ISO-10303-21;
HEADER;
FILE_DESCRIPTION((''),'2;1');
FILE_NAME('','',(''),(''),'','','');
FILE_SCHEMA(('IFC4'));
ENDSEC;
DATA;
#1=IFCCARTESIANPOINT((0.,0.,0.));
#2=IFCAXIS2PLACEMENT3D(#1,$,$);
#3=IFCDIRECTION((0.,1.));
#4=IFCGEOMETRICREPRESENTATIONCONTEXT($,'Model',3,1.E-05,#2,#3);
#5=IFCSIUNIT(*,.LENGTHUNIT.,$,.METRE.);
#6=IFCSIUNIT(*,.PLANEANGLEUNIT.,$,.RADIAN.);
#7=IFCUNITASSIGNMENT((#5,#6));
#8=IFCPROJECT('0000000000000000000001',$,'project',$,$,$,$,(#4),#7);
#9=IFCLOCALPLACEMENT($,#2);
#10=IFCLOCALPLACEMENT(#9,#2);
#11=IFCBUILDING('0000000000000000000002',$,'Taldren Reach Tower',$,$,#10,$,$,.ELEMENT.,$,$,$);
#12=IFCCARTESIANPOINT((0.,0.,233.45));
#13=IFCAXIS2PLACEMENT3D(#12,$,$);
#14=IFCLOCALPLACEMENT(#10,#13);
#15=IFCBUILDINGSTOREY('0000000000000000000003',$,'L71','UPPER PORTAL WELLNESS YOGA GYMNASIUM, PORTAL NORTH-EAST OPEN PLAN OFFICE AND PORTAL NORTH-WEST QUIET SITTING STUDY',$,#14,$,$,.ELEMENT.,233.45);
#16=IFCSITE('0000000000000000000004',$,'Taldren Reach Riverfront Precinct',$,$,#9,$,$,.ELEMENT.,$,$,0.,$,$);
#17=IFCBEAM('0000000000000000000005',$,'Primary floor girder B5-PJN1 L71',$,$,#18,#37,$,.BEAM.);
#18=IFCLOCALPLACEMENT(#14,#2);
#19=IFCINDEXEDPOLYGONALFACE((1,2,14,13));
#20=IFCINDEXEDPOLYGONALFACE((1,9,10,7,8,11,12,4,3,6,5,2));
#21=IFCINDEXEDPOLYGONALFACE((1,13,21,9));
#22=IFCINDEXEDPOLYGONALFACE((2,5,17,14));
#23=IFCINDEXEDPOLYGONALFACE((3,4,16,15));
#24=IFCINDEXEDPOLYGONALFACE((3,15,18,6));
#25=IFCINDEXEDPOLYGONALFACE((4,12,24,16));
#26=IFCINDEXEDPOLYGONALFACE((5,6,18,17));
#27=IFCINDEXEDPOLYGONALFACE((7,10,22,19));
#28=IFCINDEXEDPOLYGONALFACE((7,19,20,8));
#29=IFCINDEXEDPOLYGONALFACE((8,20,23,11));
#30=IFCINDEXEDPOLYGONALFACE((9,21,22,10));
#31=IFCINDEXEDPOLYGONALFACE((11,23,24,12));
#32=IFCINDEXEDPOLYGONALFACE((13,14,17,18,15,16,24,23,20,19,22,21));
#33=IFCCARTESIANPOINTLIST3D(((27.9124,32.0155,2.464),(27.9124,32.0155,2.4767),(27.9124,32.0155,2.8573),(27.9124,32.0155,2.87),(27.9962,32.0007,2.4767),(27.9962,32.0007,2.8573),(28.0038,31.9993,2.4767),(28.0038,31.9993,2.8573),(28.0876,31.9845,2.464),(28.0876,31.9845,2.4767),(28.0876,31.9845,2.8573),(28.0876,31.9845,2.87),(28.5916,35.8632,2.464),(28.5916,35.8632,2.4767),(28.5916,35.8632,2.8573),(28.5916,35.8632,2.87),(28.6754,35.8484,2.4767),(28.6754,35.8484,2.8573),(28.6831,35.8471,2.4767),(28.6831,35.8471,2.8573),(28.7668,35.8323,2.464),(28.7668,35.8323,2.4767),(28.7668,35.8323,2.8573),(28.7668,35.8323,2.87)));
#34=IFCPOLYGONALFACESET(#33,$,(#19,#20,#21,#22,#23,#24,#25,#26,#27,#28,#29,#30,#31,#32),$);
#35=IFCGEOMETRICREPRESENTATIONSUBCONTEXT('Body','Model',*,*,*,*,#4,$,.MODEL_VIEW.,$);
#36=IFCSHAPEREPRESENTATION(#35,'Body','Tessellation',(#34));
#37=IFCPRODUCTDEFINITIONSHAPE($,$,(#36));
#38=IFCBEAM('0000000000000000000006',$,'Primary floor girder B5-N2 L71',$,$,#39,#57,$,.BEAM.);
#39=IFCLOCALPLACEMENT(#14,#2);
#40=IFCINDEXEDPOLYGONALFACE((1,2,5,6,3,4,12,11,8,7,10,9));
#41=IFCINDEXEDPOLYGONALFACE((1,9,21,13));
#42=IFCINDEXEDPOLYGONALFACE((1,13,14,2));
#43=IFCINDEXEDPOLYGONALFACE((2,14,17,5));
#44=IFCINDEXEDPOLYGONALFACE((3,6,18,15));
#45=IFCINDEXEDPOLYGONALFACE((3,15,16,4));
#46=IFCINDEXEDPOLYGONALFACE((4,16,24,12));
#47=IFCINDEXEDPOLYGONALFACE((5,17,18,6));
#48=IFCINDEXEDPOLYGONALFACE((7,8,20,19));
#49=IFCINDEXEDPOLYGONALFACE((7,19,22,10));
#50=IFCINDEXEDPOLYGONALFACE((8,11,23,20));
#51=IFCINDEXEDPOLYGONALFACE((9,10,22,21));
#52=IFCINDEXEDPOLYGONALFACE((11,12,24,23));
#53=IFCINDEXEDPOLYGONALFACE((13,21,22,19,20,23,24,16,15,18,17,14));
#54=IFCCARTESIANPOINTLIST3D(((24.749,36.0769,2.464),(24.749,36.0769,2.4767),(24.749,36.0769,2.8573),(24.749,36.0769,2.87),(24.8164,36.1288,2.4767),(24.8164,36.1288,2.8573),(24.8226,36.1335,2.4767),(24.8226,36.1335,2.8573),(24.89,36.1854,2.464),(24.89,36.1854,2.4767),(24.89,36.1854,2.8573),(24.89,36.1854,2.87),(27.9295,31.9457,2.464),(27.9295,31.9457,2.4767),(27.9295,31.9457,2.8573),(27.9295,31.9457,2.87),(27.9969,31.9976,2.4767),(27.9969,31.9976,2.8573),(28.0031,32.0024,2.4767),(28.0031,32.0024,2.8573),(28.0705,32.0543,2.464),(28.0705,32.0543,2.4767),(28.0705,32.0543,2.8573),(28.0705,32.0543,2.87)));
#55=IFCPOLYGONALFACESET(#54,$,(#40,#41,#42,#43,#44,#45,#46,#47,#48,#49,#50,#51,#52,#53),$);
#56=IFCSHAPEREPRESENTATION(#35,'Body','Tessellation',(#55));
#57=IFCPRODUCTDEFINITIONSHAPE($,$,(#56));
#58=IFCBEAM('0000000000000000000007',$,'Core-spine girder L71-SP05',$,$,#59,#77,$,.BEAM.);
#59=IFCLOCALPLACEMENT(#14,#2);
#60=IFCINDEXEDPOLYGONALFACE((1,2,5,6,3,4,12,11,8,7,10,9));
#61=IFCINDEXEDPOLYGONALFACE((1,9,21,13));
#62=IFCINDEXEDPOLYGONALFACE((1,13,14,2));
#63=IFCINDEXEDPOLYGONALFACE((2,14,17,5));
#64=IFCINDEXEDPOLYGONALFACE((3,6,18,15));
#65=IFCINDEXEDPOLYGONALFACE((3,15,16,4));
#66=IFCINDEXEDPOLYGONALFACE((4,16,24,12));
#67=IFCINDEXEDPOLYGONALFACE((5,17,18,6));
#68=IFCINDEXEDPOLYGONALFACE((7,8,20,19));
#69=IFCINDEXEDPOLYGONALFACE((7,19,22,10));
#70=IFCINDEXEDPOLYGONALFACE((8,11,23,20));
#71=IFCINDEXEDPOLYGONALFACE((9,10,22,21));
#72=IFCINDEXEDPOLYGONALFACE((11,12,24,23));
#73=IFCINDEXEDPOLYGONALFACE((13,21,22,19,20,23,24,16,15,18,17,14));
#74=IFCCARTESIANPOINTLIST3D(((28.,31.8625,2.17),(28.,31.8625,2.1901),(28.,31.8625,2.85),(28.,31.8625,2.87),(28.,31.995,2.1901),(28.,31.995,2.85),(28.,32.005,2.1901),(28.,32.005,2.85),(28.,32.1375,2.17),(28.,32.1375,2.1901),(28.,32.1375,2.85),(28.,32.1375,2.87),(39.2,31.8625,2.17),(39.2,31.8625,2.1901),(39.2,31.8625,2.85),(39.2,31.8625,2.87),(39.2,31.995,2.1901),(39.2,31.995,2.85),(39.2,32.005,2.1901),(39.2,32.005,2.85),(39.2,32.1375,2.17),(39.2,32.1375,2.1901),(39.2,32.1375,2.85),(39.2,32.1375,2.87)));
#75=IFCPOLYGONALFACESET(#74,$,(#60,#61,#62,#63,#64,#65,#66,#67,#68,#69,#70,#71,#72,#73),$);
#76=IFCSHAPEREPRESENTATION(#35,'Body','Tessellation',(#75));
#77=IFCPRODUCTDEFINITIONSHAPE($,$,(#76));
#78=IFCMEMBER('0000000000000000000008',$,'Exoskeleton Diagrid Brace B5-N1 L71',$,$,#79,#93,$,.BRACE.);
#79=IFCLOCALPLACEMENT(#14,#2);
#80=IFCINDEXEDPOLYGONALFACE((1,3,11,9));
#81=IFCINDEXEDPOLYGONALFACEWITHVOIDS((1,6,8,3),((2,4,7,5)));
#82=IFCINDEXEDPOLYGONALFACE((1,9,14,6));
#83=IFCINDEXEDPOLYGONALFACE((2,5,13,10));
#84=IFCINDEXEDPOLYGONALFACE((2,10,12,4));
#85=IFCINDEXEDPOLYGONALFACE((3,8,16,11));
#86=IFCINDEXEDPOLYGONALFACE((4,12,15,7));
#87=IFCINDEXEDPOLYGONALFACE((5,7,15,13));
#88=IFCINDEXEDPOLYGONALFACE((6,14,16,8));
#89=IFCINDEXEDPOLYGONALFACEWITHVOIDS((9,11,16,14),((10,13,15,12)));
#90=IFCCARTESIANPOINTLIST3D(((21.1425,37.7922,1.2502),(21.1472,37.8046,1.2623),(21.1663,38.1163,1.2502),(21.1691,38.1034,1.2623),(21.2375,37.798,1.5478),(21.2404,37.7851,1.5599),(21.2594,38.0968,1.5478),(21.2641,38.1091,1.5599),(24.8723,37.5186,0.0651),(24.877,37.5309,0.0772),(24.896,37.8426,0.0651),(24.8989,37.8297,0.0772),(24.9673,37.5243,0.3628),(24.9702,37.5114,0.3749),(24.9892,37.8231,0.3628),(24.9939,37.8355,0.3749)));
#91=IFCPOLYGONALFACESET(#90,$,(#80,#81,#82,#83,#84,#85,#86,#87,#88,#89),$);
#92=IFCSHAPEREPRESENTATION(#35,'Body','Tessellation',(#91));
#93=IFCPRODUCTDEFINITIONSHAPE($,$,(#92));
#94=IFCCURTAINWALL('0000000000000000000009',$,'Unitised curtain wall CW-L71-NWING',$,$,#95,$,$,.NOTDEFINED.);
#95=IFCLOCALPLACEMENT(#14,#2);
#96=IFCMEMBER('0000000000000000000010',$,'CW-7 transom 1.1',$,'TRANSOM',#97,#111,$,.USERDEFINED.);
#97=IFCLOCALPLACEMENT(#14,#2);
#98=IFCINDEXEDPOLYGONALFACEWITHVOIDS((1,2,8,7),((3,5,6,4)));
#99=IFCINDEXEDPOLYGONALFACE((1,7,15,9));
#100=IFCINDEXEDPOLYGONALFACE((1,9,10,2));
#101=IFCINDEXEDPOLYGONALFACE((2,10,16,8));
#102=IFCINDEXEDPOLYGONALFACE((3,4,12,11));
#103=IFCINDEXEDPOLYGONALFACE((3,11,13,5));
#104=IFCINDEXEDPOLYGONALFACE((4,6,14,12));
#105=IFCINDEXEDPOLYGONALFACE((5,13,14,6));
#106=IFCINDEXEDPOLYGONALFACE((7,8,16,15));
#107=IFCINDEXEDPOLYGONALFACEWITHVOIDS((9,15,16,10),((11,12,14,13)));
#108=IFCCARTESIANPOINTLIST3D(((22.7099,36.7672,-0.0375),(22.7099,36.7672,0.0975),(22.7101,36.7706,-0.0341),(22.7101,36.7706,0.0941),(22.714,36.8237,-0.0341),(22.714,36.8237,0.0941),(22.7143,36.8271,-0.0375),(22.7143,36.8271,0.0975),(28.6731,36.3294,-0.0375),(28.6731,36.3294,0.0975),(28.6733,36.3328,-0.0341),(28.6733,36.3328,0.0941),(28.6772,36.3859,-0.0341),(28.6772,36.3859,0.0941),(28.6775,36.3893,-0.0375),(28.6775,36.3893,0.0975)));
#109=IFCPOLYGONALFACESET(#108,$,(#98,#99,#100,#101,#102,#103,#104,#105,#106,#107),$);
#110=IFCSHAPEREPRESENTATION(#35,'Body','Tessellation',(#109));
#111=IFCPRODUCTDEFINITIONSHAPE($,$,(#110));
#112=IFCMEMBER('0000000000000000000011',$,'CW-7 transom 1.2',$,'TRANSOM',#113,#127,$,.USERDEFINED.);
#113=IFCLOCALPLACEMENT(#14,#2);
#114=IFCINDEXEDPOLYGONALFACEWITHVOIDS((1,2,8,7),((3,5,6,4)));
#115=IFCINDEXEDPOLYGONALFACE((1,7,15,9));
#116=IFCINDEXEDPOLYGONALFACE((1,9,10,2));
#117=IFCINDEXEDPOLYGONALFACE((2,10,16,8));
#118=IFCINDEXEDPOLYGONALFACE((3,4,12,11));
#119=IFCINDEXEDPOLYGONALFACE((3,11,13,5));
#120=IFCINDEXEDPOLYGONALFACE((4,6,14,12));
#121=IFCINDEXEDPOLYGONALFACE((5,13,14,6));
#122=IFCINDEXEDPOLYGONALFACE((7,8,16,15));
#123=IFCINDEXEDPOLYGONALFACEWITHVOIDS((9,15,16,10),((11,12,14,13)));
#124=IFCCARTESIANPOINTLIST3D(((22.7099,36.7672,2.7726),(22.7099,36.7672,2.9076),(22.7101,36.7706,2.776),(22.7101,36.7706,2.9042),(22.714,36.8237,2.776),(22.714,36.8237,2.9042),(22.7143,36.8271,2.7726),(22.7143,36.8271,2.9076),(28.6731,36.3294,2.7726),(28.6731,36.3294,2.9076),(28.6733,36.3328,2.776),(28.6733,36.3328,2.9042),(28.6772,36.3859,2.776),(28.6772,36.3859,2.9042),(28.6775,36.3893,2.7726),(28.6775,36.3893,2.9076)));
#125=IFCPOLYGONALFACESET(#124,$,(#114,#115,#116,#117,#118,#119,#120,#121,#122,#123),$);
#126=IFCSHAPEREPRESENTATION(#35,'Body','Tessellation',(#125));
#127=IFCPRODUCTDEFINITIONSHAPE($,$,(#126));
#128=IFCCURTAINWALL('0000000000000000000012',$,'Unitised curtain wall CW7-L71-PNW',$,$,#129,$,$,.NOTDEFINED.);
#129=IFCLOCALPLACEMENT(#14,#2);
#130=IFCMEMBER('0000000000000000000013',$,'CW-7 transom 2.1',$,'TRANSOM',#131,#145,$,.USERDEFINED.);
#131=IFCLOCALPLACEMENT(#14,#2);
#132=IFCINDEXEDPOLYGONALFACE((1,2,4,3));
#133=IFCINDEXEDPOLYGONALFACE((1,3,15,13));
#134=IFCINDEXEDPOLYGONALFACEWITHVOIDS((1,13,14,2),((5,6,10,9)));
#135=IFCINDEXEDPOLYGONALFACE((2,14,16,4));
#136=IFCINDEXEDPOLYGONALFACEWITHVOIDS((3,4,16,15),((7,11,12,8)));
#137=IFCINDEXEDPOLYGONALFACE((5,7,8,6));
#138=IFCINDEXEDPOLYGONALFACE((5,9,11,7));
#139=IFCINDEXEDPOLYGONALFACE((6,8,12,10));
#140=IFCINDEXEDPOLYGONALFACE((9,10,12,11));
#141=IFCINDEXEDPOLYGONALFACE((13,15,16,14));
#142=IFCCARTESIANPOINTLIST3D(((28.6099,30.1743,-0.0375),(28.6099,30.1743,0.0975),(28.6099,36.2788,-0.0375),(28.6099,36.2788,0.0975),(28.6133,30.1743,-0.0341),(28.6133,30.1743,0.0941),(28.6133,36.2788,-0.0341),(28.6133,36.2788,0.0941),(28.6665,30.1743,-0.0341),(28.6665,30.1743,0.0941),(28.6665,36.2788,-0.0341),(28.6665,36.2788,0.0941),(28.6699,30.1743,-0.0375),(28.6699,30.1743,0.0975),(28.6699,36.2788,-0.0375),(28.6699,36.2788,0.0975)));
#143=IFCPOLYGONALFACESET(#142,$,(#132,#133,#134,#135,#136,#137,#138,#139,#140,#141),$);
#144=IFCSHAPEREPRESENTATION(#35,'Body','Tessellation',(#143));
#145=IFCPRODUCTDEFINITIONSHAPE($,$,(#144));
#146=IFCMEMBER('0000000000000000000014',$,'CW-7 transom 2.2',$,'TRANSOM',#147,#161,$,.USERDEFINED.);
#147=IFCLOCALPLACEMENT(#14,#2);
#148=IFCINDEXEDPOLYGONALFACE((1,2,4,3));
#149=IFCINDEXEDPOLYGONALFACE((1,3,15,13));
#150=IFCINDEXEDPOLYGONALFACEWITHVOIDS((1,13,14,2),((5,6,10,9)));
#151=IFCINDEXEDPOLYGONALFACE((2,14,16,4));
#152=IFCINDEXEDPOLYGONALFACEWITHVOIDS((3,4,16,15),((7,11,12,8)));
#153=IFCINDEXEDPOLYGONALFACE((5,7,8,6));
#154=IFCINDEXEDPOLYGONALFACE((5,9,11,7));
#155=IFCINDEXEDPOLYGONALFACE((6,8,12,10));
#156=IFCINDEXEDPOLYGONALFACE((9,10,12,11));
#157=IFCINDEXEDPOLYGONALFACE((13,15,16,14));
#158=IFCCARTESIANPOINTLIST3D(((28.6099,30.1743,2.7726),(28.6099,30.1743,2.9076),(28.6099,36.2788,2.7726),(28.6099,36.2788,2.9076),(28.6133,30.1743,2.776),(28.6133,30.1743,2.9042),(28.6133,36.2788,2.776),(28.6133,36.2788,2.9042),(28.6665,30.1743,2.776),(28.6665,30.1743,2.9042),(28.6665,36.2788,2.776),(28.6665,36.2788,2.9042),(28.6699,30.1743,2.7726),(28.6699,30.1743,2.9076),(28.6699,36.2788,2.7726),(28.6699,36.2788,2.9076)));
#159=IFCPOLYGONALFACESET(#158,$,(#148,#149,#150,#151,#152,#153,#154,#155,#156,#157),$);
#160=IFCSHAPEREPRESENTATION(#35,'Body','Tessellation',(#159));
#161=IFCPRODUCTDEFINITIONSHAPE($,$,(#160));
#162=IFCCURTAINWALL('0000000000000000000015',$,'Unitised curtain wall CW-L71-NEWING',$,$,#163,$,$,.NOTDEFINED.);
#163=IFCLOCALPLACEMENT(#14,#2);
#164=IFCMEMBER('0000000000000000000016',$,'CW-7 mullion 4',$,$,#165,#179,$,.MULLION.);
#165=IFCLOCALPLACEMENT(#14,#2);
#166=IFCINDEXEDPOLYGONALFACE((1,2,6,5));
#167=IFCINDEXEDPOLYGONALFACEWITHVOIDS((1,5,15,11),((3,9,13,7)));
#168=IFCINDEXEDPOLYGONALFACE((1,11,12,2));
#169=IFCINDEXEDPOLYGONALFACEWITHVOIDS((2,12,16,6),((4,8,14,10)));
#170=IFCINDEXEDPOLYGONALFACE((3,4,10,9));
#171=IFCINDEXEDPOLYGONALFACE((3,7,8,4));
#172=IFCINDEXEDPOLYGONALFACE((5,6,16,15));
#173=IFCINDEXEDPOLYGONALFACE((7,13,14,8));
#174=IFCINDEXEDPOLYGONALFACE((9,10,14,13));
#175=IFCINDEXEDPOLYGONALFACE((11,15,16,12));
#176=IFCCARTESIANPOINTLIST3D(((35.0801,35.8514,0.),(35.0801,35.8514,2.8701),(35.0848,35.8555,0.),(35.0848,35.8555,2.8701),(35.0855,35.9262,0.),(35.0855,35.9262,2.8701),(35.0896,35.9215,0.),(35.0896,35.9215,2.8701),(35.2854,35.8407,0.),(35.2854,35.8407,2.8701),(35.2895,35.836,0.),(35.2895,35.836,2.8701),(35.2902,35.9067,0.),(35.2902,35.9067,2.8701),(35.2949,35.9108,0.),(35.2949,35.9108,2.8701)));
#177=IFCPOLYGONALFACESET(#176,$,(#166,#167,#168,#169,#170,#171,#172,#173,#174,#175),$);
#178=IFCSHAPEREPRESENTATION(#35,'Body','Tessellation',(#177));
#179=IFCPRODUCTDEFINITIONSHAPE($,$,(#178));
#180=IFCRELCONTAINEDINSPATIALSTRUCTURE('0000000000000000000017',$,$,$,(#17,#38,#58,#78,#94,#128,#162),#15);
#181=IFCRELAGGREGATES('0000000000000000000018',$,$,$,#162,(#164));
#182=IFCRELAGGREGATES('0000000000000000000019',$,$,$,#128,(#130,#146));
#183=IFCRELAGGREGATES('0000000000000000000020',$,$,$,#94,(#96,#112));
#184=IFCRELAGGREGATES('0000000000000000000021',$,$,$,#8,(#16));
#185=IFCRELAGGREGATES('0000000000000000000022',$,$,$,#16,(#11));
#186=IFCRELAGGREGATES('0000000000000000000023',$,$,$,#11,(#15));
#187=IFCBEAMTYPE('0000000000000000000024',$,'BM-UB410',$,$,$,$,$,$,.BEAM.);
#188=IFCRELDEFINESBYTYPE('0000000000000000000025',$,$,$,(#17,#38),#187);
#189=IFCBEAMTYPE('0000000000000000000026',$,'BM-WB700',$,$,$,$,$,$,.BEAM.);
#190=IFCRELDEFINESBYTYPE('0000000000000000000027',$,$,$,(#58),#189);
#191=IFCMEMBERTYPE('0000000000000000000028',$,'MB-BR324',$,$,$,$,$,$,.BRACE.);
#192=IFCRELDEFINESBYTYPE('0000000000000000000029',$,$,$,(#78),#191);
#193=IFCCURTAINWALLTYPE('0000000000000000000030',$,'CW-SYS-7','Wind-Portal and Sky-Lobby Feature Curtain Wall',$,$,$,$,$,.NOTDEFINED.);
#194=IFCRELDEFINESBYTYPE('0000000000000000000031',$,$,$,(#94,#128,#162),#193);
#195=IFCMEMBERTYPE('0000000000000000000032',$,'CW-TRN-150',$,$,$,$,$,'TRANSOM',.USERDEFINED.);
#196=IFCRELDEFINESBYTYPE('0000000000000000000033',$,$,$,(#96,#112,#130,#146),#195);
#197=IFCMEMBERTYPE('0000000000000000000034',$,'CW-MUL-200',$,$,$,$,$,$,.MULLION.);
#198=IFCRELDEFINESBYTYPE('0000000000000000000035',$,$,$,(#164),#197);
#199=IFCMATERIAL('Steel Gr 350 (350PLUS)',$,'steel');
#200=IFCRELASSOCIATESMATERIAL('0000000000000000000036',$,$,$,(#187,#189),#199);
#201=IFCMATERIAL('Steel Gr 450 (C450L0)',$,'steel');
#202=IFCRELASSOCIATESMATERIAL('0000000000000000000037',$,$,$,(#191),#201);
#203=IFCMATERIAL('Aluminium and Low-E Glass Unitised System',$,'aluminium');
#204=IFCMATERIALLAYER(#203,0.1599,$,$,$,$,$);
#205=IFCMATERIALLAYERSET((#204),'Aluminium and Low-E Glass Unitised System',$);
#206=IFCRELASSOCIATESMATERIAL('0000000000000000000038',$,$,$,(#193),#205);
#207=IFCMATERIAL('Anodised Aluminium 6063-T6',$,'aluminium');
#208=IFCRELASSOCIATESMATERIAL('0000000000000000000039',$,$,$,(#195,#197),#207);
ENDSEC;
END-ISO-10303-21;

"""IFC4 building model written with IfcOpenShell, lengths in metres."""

from ifc_helpers import new_model, si_unit, direction, frame, origin, origin_2d, place, context, subcontext, project, spatial, hollow_rectangle, i_section, extrude, source, transform, mapped, material, layer, layer_set, material_profile, profile_set, type_object, element, aggregate, save


model = new_model("IFC4")

# Units and contexts
model_context = context("Model", 3, precision=1e-05, world=origin(), true_north=direction((0.0, 1.0)))
body_context = subcontext(model_context, "Body", "Model", "MODEL_VIEW")
ifc_project = project(units=[si_unit("LENGTHUNIT", "METRE"), si_unit("PLANEANGLEUNIT", "RADIAN")], contexts=[model_context])

# Site, building, storey
site_placement = place(None, origin())
site = spatial("IfcSite", under=ifc_project, at=site_placement, Name="Taldren Reach Riverfront Precinct", CompositionType="ELEMENT", RefElevation=0.0)
building_placement = place(site_placement, origin())
building = spatial("IfcBuilding", under=site, at=building_placement, Name="Taldren Reach Tower", CompositionType="ELEMENT")
storey_placement = place(building_placement, frame((0.0, 0.0, 233.45)))
storey = spatial("IfcBuildingStorey", under=building, at=storey_placement, Name="L71", Description="UPPER PORTAL WELLNESS YOGA GYMNASIUM, PORTAL NORTH-EAST OPEN PLAN OFFICE AND PORTAL NORTH-WEST QUIET SITTING STUDY", CompositionType="ELEMENT", Elevation=233.45)

# Shared definitions
ifc_material_1 = material(Name="Steel Gr 450 (C450L0)", Category="steel")
ifc_material_2 = material(Name="Steel Gr 350 (350PLUS)", Category="steel")

# Beams
ifc_material_profile_1 = material_profile(ifc_material_2, i_section(OverallWidth=0.178, OverallDepth=0.406, WebThickness=0.0078, FlangeThickness=0.0127, at=origin_2d()), Name="410UB59.7")
ifc_profile_set_1 = profile_set([ifc_material_profile_1], Name="Steel Gr 350 (350PLUS)")
beam_type_1 = type_object("IfcBeamType", Name="BM-UB410", PredefinedType="BEAM", material=ifc_profile_set_1)
shared_shape_1 = source(origin(), body_context, "Body", "SweptSolid", [
    extrude(i_section(OverallWidth=0.178, OverallDepth=0.406, WebThickness=0.0078, FlangeThickness=0.0127, at=origin_2d()), origin(), (0.0, 0.0, 1.0), 3.9072),
])
beam_1_placement = place(storey_placement, frame((28.0, 32.0, 2.667), z_axis=(0.173835, 0.984775, 0.0), x_axis=(-0.984775, 0.173835, 0.0)))
element("IfcBeam", 1, at=beam_1_placement, inside=storey, type_object=beam_type_1, Name="Primary floor girder B5-PJN1 L71", PredefinedType="BEAM", context=body_context, shape_type="MappedRepresentation", body=[
    mapped(shared_shape_1, transform((0.0, 0.0, 0.0), scale=1.0)),
])
shared_shape_2 = source(origin(), body_context, "Body", "SweptSolid", [
    extrude(i_section(OverallWidth=0.178, OverallDepth=0.406, WebThickness=0.0078, FlangeThickness=0.0127, at=origin_2d()), origin(), (0.0, 0.0, 1.0), 5.2136),
])
beam_2_placement = place(storey_placement, frame((28.0, 32.0, 2.667), z_axis=(-0.61003, 0.792378, 0.0), x_axis=(-0.792378, -0.61003, 0.0)))
element("IfcBeam", 2, at=beam_2_placement, inside=storey, type_object=beam_type_1, Name="Primary floor girder B5-N2 L71", PredefinedType="BEAM", context=body_context, shape_type="MappedRepresentation", body=[
    mapped(shared_shape_2, transform((0.0, 0.0, 0.0), scale=1.0)),
])
ifc_material_profile_2 = material_profile(ifc_material_2, i_section(OverallWidth=0.2749, OverallDepth=0.7, WebThickness=0.01, FlangeThickness=0.02, at=origin_2d()), Name="700WB150")
ifc_profile_set_2 = profile_set([ifc_material_profile_2], Name="Steel Gr 350 (350PLUS)")
beam_type_2 = type_object("IfcBeamType", Name="BM-WB700", PredefinedType="BEAM", material=ifc_profile_set_2)
shared_shape_3 = source(origin(), body_context, "Body", "SweptSolid", [
    extrude(i_section(OverallWidth=0.2749, OverallDepth=0.7, WebThickness=0.01, FlangeThickness=0.02, at=origin_2d()), origin(), (0.0, 0.0, 1.0), 11.2),
])
beam_3_placement = place(storey_placement, frame((28.0, 32.0, 2.52), z_axis=(1.0, 0.0, 0.0), x_axis=(0.0, 1.0, 0.0)))
element("IfcBeam", 3, at=beam_3_placement, inside=storey, type_object=beam_type_2, Name="Core-spine girder L71-SP05", PredefinedType="BEAM", context=body_context, shape_type="MappedRepresentation", body=[
    mapped(shared_shape_3, transform((0.0, 0.0, 0.0), scale=1.0)),
])

# Member
ifc_material_profile_3 = material_profile(ifc_material_1, hollow_rectangle(XDim=0.325, YDim=0.325, WallThickness=0.0127, at=origin_2d()), Name="325x325x12.7SHS")
ifc_profile_set_3 = profile_set([ifc_material_profile_3], Name="Steel Gr 450 (C450L0)")
member_type_1 = type_object("IfcMemberType", Name="MB-BR324", PredefinedType="BRACE", material=ifc_profile_set_3)
shared_shape_4 = source(origin(), body_context, "Body", "SweptSolid", [
    extrude(hollow_rectangle(XDim=0.325, YDim=0.325, WallThickness=0.0127, at=origin_2d()), origin(), (0.0, 0.0, 1.0), 3.9231),
])
member_1_placement = place(storey_placement, frame((24.9331, 37.677, 0.22), z_axis=(-0.950727, 0.069763, 0.302077), x_axis=(-0.073182, -0.997319, 0.0)))
element("IfcMember", 4, at=member_1_placement, inside=storey, type_object=member_type_1, Name="Exoskeleton Diagrid Brace B5-N1 L71", PredefinedType="BRACE", context=body_context, shape_type="MappedRepresentation", body=[
    mapped(shared_shape_4, transform((0.0, 0.0, 0.0), scale=1.0)),
])

# Curtain walls, members
ifc_material_3 = material(Name="Aluminium and Low-E Glass Unitised System", Category="aluminium")
ifc_layer_1 = layer(ifc_material_3, 0.1599)
ifc_layer_set_1 = layer_set([ifc_layer_1], Name="Aluminium and Low-E Glass Unitised System")
curtain_wall_type = type_object("IfcCurtainWallType", Name="CW-SYS-7", Description="Wind-Portal and Sky-Lobby Feature Curtain Wall", PredefinedType="NOTDEFINED", material=ifc_layer_set_1)
curtain_wall_1_placement = place(storey_placement, origin())
curtain_wall_1 = element("IfcCurtainWall", 5, at=curtain_wall_1_placement, inside=storey, type_object=curtain_wall_type, Name="Unitised curtain wall CW-L71-NWING", PredefinedType="NOTDEFINED")
ifc_material_4 = material(Name="Anodised Aluminium 6063-T6", Category="aluminium")
ifc_material_profile_4 = material_profile(ifc_material_4, hollow_rectangle(XDim=0.0601, YDim=0.135, WallThickness=0.0034, at=origin_2d()), Name="ALU-135x60x3.5RHS")
ifc_profile_set_4 = profile_set([ifc_material_profile_4], Name="Anodised Aluminium 6063-T6")
member_type_2 = type_object("IfcMemberType", Name="CW-TRN-150", ElementType="TRANSOM", PredefinedType="USERDEFINED", material=ifc_profile_set_4)
shared_shape_5 = source(origin(), body_context, "Body", "SweptSolid", [
    extrude(hollow_rectangle(XDim=0.0601, YDim=0.135, WallThickness=0.0034, at=origin_2d()), origin(), (0.0, 0.0, 1.0), 5.9792),
])
member_2_placement = place(storey_placement, frame((28.6753, 36.3594, 0.03), z_axis=(-0.997316, 0.073211, 0.0), x_axis=(-0.073211, -0.997316, 0.0)))
member_2 = element("IfcMember", 6, at=member_2_placement, type_object=member_type_2, Name="CW-7 transom 1.1", ObjectType="TRANSOM", PredefinedType="USERDEFINED", context=body_context, shape_type="MappedRepresentation", body=[
    mapped(shared_shape_5, transform((0.0, 0.0, 0.0), scale=1.0)),
])
member_3_placement = place(storey_placement, frame((28.6753, 36.3594, 2.8401), z_axis=(-0.997316, 0.073211, 0.0), x_axis=(-0.073211, -0.997316, 0.0)))
member_3 = element("IfcMember", 7, at=member_3_placement, type_object=member_type_2, Name="CW-7 transom 1.2", ObjectType="TRANSOM", PredefinedType="USERDEFINED", context=body_context, shape_type="MappedRepresentation", body=[
    mapped(shared_shape_5, transform((0.0, 0.0, 0.0), scale=1.0)),
])
curtain_wall_2_placement = place(storey_placement, origin())
curtain_wall_2 = element("IfcCurtainWall", 8, at=curtain_wall_2_placement, inside=storey, type_object=curtain_wall_type, Name="Unitised curtain wall CW7-L71-PNW", PredefinedType="NOTDEFINED")
shared_shape_6 = source(origin(), body_context, "Body", "SweptSolid", [
    extrude(hollow_rectangle(XDim=0.0601, YDim=0.135, WallThickness=0.0034, at=origin_2d()), origin(), (0.0, 0.0, 1.0), 6.1045),
])
member_4_placement = place(storey_placement, frame((28.6399, 30.1743, 0.03), z_axis=(0.0, 1.0, 0.0), x_axis=(-1.0, 0.0, 0.0)))
member_4 = element("IfcMember", 9, at=member_4_placement, type_object=member_type_2, Name="CW-7 transom 2.1", ObjectType="TRANSOM", PredefinedType="USERDEFINED", context=body_context, shape_type="MappedRepresentation", body=[
    mapped(shared_shape_6, transform((0.0, 0.0, 0.0), scale=1.0)),
])
member_5_placement = place(storey_placement, frame((28.6399, 30.1743, 2.8401), z_axis=(0.0, 1.0, 0.0), x_axis=(-1.0, 0.0, 0.0)))
member_5 = element("IfcMember", 10, at=member_5_placement, type_object=member_type_2, Name="CW-7 transom 2.2", ObjectType="TRANSOM", PredefinedType="USERDEFINED", context=body_context, shape_type="MappedRepresentation", body=[
    mapped(shared_shape_6, transform((0.0, 0.0, 0.0), scale=1.0)),
])

# Curtain wall, member
curtain_wall_3_placement = place(storey_placement, origin())
curtain_wall_3 = element("IfcCurtainWall", 11, at=curtain_wall_3_placement, inside=storey, type_object=curtain_wall_type, Name="Unitised curtain wall CW-L71-NEWING", PredefinedType="NOTDEFINED")
ifc_material_profile_5 = material_profile(ifc_material_4, hollow_rectangle(XDim=0.075, YDim=0.21, WallThickness=0.0044, at=origin_2d()), Name="ALU-210x75x4.5RHS")
ifc_profile_set_5 = profile_set([ifc_material_profile_5], Name="Anodised Aluminium 6063-T6")
member_type_3 = type_object("IfcMemberType", Name="CW-MUL-200", PredefinedType="MULLION", material=ifc_profile_set_5)
shared_shape_7 = source(origin(), body_context, "Body", "SweptSolid", [
    extrude(hollow_rectangle(XDim=0.075, YDim=0.21, WallThickness=0.0044, at=origin_2d()), origin(), (0.0, 0.0, 1.0), 2.8701),
])
member_6_placement = place(storey_placement, frame((35.1875, 35.8811, 0.0), z_axis=(0.0, 0.0, 1.0), x_axis=(-0.073238, -0.997314, 0.0)))
member_6 = element("IfcMember", 12, at=member_6_placement, type_object=member_type_3, Name="CW-7 mullion 4", PredefinedType="MULLION", context=body_context, shape_type="MappedRepresentation", body=[
    mapped(shared_shape_7, transform((0.0, 0.0, 0.0), scale=1.0)),
])
aggregate(curtain_wall_3, [member_6])

aggregate(curtain_wall_2, [member_4, member_5])
aggregate(curtain_wall_1, [member_2, member_3])

save(model, "model.ifc")
